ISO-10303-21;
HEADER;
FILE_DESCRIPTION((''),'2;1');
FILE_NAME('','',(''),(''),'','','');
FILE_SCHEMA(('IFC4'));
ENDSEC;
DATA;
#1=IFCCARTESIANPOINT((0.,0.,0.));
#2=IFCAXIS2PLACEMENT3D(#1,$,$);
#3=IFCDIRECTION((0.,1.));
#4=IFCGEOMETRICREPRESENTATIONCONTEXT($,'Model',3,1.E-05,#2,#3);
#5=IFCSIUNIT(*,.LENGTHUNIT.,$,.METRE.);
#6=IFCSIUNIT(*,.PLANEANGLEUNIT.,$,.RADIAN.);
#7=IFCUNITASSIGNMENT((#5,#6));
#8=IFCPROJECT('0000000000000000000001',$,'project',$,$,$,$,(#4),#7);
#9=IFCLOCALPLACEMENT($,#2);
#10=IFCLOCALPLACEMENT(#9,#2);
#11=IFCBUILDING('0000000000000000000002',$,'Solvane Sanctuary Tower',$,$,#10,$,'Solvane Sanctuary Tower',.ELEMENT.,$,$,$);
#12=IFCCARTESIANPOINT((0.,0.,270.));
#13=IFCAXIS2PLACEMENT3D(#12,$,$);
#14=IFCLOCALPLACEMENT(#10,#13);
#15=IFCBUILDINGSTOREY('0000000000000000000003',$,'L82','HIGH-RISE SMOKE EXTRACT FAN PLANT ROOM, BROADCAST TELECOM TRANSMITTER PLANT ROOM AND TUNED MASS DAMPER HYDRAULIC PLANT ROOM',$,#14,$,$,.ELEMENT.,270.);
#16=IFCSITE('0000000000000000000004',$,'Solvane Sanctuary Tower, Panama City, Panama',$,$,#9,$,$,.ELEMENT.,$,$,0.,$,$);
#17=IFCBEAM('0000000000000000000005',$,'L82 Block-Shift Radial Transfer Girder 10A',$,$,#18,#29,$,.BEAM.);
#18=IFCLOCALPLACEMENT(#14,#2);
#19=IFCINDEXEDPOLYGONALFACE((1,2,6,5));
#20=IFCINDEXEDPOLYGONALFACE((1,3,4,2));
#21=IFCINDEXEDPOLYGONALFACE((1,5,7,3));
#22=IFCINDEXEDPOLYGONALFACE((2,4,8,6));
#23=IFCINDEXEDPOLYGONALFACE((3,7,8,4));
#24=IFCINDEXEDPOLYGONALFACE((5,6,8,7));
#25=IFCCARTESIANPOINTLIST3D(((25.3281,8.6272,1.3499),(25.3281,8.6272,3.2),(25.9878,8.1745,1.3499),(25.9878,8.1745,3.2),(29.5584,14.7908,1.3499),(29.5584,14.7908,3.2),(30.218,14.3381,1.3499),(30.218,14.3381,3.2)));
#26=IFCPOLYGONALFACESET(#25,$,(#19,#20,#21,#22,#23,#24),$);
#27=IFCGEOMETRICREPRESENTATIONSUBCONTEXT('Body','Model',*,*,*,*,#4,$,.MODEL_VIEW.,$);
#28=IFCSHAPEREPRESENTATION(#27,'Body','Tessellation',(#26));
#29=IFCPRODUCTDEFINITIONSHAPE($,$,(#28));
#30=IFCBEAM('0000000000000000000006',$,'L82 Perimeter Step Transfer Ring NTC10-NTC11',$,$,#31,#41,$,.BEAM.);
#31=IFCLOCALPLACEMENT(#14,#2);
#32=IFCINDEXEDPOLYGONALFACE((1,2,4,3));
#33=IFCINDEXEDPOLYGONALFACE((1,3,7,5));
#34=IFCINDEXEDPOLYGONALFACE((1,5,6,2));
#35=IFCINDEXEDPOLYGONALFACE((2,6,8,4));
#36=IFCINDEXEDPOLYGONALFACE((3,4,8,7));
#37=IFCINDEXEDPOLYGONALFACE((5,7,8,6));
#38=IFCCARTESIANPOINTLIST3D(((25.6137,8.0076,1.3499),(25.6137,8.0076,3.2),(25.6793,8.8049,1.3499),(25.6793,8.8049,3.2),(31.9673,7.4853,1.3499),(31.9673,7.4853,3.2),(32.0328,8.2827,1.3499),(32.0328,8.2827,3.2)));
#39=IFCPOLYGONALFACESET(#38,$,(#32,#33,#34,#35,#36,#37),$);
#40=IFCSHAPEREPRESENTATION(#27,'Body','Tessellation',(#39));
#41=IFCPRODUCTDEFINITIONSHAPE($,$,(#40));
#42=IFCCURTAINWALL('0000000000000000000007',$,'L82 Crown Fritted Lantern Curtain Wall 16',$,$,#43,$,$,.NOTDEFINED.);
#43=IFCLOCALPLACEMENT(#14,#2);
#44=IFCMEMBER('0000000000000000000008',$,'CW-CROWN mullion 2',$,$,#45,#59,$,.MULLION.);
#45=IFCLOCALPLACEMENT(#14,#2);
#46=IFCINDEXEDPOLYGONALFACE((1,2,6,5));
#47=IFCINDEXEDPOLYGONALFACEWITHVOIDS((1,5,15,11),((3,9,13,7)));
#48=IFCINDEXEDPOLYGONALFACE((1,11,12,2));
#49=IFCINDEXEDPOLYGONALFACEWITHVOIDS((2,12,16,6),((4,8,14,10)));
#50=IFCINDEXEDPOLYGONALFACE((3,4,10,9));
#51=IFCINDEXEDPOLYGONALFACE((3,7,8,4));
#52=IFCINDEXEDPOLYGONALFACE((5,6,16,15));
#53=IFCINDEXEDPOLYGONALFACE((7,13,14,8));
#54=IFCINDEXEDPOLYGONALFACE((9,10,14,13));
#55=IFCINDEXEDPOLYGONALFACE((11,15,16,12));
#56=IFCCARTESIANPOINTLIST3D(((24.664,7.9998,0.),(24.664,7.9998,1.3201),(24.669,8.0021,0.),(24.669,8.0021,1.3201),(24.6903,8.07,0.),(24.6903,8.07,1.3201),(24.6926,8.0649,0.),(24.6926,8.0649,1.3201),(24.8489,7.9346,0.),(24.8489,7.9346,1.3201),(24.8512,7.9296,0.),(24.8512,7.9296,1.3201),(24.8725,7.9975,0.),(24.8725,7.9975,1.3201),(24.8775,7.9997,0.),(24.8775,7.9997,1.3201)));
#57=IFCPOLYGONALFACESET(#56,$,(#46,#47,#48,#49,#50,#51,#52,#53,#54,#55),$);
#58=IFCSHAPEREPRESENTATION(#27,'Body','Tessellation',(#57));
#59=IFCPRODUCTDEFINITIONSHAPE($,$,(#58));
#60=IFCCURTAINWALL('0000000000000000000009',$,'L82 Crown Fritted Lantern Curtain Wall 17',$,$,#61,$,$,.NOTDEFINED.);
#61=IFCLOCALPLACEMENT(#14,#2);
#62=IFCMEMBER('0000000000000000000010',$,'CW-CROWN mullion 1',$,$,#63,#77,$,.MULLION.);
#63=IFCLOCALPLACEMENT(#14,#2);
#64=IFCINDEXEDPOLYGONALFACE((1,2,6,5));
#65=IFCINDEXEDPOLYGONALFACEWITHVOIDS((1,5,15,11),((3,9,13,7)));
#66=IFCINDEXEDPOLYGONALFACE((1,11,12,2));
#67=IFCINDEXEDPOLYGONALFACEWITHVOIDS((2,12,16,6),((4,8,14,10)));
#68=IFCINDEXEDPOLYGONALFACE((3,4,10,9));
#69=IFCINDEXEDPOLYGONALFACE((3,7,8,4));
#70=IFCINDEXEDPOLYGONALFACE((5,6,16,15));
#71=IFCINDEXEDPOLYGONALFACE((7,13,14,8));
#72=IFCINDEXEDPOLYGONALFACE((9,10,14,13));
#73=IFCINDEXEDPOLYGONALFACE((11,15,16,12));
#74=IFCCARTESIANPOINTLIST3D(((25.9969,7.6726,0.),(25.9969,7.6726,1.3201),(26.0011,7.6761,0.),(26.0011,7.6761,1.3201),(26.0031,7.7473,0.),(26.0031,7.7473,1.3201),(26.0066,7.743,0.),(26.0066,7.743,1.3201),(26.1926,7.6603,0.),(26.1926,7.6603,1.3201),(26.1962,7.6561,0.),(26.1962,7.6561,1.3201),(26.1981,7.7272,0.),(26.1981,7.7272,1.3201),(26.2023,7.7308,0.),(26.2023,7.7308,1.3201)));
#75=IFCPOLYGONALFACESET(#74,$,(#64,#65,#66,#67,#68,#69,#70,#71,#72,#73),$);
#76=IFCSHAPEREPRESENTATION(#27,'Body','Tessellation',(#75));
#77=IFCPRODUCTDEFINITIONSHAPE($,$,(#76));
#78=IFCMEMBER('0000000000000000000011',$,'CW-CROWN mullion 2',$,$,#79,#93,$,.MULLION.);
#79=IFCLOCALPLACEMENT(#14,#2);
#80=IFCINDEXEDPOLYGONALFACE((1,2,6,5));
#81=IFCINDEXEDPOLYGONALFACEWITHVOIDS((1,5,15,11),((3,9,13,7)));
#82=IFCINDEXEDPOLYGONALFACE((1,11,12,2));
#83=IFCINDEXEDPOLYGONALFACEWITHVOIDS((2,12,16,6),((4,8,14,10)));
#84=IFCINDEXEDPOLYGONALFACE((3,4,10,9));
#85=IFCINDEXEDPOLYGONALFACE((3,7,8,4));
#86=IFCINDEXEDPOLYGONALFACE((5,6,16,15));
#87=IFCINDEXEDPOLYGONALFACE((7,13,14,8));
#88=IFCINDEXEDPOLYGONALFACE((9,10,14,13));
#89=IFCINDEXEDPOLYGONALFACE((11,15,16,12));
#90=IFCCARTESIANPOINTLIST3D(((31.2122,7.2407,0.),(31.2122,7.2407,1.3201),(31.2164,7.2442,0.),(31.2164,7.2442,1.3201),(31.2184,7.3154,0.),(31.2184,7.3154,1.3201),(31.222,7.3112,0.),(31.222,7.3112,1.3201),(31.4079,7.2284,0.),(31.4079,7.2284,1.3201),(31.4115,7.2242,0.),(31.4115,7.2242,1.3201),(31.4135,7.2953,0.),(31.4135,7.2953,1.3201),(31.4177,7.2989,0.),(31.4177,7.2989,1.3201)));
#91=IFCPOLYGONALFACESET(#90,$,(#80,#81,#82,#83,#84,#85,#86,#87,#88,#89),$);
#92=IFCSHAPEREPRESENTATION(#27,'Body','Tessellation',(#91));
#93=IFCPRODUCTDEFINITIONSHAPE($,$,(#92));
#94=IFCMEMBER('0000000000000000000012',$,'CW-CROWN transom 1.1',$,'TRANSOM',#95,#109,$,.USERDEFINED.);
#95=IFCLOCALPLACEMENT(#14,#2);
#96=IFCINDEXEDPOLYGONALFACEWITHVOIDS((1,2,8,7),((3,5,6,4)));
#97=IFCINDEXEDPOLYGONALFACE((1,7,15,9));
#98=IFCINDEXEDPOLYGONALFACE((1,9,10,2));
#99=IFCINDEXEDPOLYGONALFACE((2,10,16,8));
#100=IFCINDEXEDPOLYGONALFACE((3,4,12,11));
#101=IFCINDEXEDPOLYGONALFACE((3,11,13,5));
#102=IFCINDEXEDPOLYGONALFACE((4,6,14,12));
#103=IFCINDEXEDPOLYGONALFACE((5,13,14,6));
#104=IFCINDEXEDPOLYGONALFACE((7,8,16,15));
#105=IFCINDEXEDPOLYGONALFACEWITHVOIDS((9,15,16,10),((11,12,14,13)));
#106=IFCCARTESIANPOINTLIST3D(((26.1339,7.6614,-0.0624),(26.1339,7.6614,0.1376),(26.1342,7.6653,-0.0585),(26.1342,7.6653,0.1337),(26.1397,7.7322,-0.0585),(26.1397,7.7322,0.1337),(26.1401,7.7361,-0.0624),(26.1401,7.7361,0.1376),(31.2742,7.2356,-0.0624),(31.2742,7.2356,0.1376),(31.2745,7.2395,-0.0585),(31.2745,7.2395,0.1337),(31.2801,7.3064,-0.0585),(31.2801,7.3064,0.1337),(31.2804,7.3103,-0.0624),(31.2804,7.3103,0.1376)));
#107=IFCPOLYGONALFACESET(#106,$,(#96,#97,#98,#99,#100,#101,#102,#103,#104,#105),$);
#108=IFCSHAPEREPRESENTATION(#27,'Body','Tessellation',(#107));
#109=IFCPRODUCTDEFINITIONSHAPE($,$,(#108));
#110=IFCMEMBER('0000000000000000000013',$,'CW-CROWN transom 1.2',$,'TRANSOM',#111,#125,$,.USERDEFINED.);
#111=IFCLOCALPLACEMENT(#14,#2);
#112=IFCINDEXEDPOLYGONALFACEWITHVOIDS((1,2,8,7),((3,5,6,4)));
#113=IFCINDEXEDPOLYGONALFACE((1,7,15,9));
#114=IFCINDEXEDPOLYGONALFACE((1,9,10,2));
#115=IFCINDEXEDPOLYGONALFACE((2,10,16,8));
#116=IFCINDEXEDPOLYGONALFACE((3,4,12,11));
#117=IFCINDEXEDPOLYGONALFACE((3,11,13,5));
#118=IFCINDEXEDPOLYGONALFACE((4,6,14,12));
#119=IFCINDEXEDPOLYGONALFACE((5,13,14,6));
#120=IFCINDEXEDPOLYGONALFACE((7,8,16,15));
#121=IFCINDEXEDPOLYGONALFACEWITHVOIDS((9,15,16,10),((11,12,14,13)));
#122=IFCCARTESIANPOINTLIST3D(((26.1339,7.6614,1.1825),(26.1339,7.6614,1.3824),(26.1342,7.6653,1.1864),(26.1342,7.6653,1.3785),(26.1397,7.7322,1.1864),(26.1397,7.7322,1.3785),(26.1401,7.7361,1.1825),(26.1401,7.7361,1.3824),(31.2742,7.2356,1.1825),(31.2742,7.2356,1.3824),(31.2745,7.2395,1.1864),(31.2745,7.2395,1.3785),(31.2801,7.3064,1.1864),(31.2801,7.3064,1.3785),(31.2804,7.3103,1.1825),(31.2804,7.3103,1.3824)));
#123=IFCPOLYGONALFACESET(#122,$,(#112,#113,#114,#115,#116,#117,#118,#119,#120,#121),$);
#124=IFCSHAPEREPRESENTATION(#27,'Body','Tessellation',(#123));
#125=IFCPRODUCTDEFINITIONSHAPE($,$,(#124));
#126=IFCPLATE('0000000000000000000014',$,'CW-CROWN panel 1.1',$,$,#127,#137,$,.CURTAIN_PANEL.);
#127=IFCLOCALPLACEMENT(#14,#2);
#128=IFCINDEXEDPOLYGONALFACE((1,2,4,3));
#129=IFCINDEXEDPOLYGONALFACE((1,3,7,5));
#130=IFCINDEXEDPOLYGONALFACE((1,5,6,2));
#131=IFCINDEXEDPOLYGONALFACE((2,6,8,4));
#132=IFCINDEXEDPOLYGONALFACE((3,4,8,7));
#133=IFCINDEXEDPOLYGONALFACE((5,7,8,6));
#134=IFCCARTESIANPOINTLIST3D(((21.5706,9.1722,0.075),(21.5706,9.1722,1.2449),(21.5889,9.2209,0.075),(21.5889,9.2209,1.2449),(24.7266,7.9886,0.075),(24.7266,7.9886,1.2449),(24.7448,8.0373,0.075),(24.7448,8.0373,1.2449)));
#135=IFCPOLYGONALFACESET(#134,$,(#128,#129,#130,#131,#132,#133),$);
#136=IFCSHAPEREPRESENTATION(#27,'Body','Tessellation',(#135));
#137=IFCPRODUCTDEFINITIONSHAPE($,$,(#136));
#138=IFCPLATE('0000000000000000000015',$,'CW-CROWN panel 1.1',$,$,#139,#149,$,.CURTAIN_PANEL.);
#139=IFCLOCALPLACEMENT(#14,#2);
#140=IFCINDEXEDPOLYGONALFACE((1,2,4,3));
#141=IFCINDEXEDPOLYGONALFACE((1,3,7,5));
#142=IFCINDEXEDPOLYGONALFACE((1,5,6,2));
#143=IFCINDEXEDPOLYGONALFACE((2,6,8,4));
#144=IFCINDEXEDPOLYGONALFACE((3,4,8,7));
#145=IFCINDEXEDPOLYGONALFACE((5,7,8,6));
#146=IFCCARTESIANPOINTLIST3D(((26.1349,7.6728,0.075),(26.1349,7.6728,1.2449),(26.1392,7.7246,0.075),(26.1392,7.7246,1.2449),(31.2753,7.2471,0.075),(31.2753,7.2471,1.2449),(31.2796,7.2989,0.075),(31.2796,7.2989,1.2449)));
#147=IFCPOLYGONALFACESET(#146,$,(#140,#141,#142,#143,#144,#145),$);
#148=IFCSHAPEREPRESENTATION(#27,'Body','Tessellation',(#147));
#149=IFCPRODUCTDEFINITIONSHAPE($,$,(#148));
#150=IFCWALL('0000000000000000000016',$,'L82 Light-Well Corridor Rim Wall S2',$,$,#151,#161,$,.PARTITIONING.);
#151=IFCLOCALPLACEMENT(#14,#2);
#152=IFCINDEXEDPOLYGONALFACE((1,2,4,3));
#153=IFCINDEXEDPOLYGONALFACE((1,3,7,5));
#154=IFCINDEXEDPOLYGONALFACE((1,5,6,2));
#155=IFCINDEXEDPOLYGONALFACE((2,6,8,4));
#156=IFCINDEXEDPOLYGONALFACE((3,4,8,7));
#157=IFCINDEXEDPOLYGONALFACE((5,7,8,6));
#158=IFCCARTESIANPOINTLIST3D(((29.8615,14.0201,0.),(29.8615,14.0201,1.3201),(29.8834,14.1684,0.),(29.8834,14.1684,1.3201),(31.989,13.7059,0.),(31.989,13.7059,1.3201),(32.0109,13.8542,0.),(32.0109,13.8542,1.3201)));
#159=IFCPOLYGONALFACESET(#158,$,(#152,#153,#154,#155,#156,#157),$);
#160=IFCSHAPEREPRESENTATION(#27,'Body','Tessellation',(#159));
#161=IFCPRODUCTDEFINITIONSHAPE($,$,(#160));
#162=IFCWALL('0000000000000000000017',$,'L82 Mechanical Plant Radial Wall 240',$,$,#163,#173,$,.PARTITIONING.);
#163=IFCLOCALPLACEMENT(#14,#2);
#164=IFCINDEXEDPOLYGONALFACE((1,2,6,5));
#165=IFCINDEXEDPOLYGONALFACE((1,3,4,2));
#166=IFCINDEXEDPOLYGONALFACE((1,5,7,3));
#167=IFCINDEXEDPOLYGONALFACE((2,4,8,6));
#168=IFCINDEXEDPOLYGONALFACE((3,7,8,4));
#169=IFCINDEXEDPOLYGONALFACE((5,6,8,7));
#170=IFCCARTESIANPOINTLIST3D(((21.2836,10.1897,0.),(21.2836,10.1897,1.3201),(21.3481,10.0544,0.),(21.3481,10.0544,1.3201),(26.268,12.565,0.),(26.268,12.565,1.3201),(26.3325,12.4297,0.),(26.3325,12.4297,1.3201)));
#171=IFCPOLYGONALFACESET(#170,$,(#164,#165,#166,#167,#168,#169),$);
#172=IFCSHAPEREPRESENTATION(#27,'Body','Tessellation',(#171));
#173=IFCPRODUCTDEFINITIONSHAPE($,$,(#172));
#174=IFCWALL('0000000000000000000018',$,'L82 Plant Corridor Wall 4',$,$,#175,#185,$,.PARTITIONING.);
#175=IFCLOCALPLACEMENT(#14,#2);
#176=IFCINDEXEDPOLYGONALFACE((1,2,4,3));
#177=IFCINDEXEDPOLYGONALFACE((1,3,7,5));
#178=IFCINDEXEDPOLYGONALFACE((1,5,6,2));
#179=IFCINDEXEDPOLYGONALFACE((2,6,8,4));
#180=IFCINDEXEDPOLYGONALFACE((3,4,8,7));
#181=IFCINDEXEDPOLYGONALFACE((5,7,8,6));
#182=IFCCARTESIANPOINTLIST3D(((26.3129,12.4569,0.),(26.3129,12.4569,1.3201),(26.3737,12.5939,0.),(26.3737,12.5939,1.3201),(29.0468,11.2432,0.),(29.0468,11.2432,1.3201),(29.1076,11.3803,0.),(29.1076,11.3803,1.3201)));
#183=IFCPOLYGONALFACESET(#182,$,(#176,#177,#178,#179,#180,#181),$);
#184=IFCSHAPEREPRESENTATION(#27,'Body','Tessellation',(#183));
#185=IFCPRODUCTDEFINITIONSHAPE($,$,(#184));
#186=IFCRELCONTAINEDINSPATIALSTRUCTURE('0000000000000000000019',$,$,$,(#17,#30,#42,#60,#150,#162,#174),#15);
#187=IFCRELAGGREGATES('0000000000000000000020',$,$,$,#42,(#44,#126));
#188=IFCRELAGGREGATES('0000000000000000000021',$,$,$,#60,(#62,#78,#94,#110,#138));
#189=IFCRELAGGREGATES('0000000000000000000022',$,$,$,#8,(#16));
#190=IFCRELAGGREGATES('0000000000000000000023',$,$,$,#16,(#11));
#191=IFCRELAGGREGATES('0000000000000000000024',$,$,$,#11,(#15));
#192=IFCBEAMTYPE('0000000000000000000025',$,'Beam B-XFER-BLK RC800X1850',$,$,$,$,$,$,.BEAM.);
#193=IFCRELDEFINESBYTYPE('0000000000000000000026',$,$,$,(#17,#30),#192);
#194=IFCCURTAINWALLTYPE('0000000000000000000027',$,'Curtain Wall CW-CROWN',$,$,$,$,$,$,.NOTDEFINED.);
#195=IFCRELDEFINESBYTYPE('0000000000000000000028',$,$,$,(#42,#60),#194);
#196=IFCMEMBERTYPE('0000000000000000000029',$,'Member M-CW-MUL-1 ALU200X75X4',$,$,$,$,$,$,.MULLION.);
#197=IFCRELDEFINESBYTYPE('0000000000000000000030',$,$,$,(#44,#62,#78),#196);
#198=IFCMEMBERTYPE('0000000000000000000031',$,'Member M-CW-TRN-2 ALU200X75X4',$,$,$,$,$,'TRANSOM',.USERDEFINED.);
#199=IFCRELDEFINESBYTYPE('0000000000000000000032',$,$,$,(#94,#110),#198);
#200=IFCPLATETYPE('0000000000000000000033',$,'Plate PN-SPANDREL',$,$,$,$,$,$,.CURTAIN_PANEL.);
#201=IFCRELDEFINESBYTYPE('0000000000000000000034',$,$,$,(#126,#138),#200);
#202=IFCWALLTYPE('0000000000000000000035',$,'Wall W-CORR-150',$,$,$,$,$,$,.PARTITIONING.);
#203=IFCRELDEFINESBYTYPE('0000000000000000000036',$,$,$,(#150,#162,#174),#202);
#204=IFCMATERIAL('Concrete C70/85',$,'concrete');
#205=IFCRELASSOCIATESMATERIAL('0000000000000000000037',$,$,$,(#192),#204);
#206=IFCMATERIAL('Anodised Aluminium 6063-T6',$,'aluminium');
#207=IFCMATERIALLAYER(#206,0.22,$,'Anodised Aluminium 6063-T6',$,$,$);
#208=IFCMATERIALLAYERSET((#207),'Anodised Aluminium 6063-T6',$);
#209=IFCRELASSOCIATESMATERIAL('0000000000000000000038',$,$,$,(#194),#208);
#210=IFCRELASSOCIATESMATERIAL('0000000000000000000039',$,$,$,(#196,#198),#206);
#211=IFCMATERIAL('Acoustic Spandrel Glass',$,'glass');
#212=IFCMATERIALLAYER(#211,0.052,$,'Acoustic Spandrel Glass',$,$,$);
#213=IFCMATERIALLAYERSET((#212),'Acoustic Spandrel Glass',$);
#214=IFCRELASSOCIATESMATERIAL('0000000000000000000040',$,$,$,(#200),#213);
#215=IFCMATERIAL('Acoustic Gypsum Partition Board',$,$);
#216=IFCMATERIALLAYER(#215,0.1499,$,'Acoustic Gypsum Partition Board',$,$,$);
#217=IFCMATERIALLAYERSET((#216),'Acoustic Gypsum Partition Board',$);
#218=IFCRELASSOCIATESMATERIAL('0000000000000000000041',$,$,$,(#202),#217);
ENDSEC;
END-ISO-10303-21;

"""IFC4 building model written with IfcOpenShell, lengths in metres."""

from ifc_helpers import new_model, si_unit, direction, frame, frame_2d, origin, origin_2d, place, context, subcontext, project, spatial, rectangle, hollow_rectangle, extrude, material, layer, layer_set, material_profile, profile_set, type_object, element, aggregate, save


model = new_model("IFC4")

# Units and contexts
model_context = context("Model", 3, precision=1e-05, world=origin(), true_north=direction((0.0, 1.0)))
body_context = subcontext(model_context, "Body", "Model", "MODEL_VIEW")
ifc_project = project(units=[si_unit("LENGTHUNIT", "METRE"), si_unit("PLANEANGLEUNIT", "RADIAN")], contexts=[model_context])

# Site, building, storey
site_placement = place(None, origin())
site = spatial("IfcSite", under=ifc_project, at=site_placement, Name="Solvane Sanctuary Tower, Panama City, Panama", CompositionType="ELEMENT", RefElevation=0.0)
building_placement = place(site_placement, origin())
building = spatial("IfcBuilding", under=site, at=building_placement, Name="Solvane Sanctuary Tower", LongName="Solvane Sanctuary Tower", CompositionType="ELEMENT")
storey_placement = place(building_placement, frame((0.0, 0.0, 270.0)))
storey = spatial("IfcBuildingStorey", under=building, at=storey_placement, Name="L82", Description="HIGH-RISE SMOKE EXTRACT FAN PLANT ROOM, BROADCAST TELECOM TRANSMITTER PLANT ROOM AND TUNED MASS DAMPER HYDRAULIC PLANT ROOM", CompositionType="ELEMENT", Elevation=270.0)

# Beams
ifc_material_1 = material(Name="Concrete C70/85", Category="concrete")
ifc_material_profile_1 = material_profile(ifc_material_1, rectangle(XDim=0.8, YDim=1.8501, at=origin_2d()), Name="RC800X1850")
ifc_profile_set_1 = profile_set([ifc_material_profile_1], Name="Concrete C70/85")
beam_type_1 = type_object("IfcBeamType", Name="Beam B-XFER-BLK RC800X1850", PredefinedType="BEAM", material=ifc_profile_set_1)
beam_1_placement = place(storey_placement, frame((29.8882, 14.5645, 2.2749), z_axis=(-0.565872, -0.824493, 0.0), x_axis=(0.824493, -0.565872, 0.0)))
element("IfcBeam", 1, at=beam_1_placement, inside=storey, type_object=beam_type_1, Name="L82 Block-Shift Radial Transfer Girder 10A", PredefinedType="BEAM", context=body_context, shape_type="SweptSolid", body=[
    extrude(rectangle(XDim=0.8, YDim=1.8501, at=origin_2d()), origin(), (0.0, 0.0, 1.0), 7.4756),
])
beam_2_placement = place(storey_placement, frame((25.6465, 8.4062, 2.2749), z_axis=(0.996639, -0.081917, 0.0), x_axis=(0.081917, 0.996639, 0.0)))
element("IfcBeam", 2, at=beam_2_placement, inside=storey, type_object=beam_type_1, Name="L82 Perimeter Step Transfer Ring NTC10-NTC11", PredefinedType="BEAM", context=body_context, shape_type="SweptSolid", body=[
    extrude(rectangle(XDim=0.8, YDim=1.8501, at=origin_2d()), origin(), (0.0, 0.0, 1.0), 6.375),
])

# Curtain wall, member
ifc_material_2 = material(Name="Anodised Aluminium 6063-T6", Category="aluminium")
ifc_layer_1 = layer(ifc_material_2, 0.22, Name="Anodised Aluminium 6063-T6")
ifc_layer_set_1 = layer_set([ifc_layer_1], Name="Anodised Aluminium 6063-T6")
curtain_wall_type = type_object("IfcCurtainWallType", Name="Curtain Wall CW-CROWN", PredefinedType="NOTDEFINED", material=ifc_layer_set_1)
curtain_wall_1_placement = place(storey_placement, origin())
curtain_wall_1 = element("IfcCurtainWall", 3, at=curtain_wall_1_placement, inside=storey, type_object=curtain_wall_type, Name="L82 Crown Fritted Lantern Curtain Wall 16", PredefinedType="NOTDEFINED")
ifc_material_profile_2 = material_profile(ifc_material_2, hollow_rectangle(XDim=0.075, YDim=0.2, WallThickness=0.0039, at=origin_2d()), Name="ALU200X75X4")
ifc_profile_set_2 = profile_set([ifc_material_profile_2], Name="Anodised Aluminium 6063-T6")
member_type_1 = type_object("IfcMemberType", Name="Member M-CW-MUL-1 ALU200X75X4", PredefinedType="MULLION", material=ifc_profile_set_2)
member_1_placement = place(storey_placement, frame((24.7708, 7.9998, 0.0), z_axis=(0.0, 0.0, 1.0), x_axis=(0.35117, 0.936312, 0.0)))
member_1 = element("IfcMember", 4, at=member_1_placement, type_object=member_type_1, Name="CW-CROWN mullion 2", PredefinedType="MULLION", context=body_context, shape_type="SweptSolid", body=[
    extrude(hollow_rectangle(XDim=0.075, YDim=0.2, WallThickness=0.0039, at=origin_2d()), origin(), (0.0, 0.0, 1.0), 1.3201),
])

# Curtain wall, members
curtain_wall_2_placement = place(storey_placement, origin())
curtain_wall_2 = element("IfcCurtainWall", 5, at=curtain_wall_2_placement, inside=storey, type_object=curtain_wall_type, Name="L82 Crown Fritted Lantern Curtain Wall 17", PredefinedType="NOTDEFINED")
member_2_placement = place(storey_placement, frame((26.0996, 7.7017, 0.0), z_axis=(0.0, 0.0, 1.0), x_axis=(0.082536, 0.996588, 0.0)))
member_2 = element("IfcMember", 6, at=member_2_placement, type_object=member_type_1, Name="CW-CROWN mullion 1", PredefinedType="MULLION", context=body_context, shape_type="SweptSolid", body=[
    extrude(hollow_rectangle(XDim=0.075, YDim=0.2, WallThickness=0.0039, at=origin_2d()), origin(), (0.0, 0.0, 1.0), 1.3201),
])
member_3_placement = place(storey_placement, frame((31.3149, 7.2698, 0.0), z_axis=(0.0, 0.0, 1.0), x_axis=(0.082536, 0.996588, 0.0)))
member_3 = element("IfcMember", 7, at=member_3_placement, type_object=member_type_1, Name="CW-CROWN mullion 2", PredefinedType="MULLION", context=body_context, shape_type="SweptSolid", body=[
    extrude(hollow_rectangle(XDim=0.075, YDim=0.2, WallThickness=0.0039, at=origin_2d()), origin(), (0.0, 0.0, 1.0), 1.3201),
])
ifc_material_profile_3 = material_profile(ifc_material_2, hollow_rectangle(XDim=0.075, YDim=0.2, WallThickness=0.0039, at=origin_2d()), Name="ALU200X75X4")
ifc_profile_set_3 = profile_set([ifc_material_profile_3], Name="Anodised Aluminium 6063-T6")
member_type_2 = type_object("IfcMemberType", Name="Member M-CW-TRN-2 ALU200X75X4", ElementType="TRANSOM", PredefinedType="USERDEFINED", material=ifc_profile_set_3)
member_4_placement = place(storey_placement, frame((26.137, 7.6987, 0.0376), z_axis=(0.996587, -0.082548, 0.0), x_axis=(0.082548, 0.996587, 0.0)))
member_4 = element("IfcMember", 8, at=member_4_placement, type_object=member_type_2, Name="CW-CROWN transom 1.1", ObjectType="TRANSOM", PredefinedType="USERDEFINED", context=body_context, shape_type="SweptSolid", body=[
    extrude(hollow_rectangle(XDim=0.075, YDim=0.2, WallThickness=0.0039, at=origin_2d()), origin(), (0.0, 0.0, 1.0), 5.158),
])
member_5_placement = place(storey_placement, frame((26.137, 7.6987, 1.2825), z_axis=(0.996587, -0.082548, 0.0), x_axis=(0.082548, 0.996587, 0.0)))
member_5 = element("IfcMember", 9, at=member_5_placement, type_object=member_type_2, Name="CW-CROWN transom 1.2", ObjectType="TRANSOM", PredefinedType="USERDEFINED", context=body_context, shape_type="SweptSolid", body=[
    extrude(hollow_rectangle(XDim=0.075, YDim=0.2, WallThickness=0.0039, at=origin_2d()), origin(), (0.0, 0.0, 1.0), 5.158),
])

# Plates
ifc_material_3 = material(Name="Acoustic Spandrel Glass", Category="glass")
ifc_layer_2 = layer(ifc_material_3, 0.052, Name="Acoustic Spandrel Glass")
ifc_layer_set_2 = layer_set([ifc_layer_2], Name="Acoustic Spandrel Glass")
plate_type = type_object("IfcPlateType", Name="Plate PN-SPANDREL", PredefinedType="CURTAIN_PANEL", material=ifc_layer_set_2)
plate_1_placement = place(storey_placement, frame((23.1577, 8.6047, 0.075), z_axis=(0.0, 0.0, 1.0), x_axis=(0.936312, -0.35117, 0.0)))
plate_1 = element("IfcPlate", 10, at=plate_1_placement, type_object=plate_type, Name="CW-CROWN panel 1.1", PredefinedType="CURTAIN_PANEL", context=body_context, shape_type="SweptSolid", body=[
    extrude(rectangle(XDim=3.3706, YDim=0.052, at=origin_2d()), origin(), (0.0, 0.0, 1.0), 1.1699),
])
aggregate(curtain_wall_1, [member_1, plate_1])
plate_2_placement = place(storey_placement, frame((28.7073, 7.4858, 0.075), z_axis=(0.0, 0.0, 1.0), x_axis=(0.996588, -0.082536, 0.0)))
plate_2 = element("IfcPlate", 11, at=plate_2_placement, type_object=plate_type, Name="CW-CROWN panel 1.1", PredefinedType="CURTAIN_PANEL", context=body_context, shape_type="SweptSolid", body=[
    extrude(rectangle(XDim=5.158, YDim=0.052, at=origin_2d()), origin(), (0.0, 0.0, 1.0), 1.1699),
])
aggregate(curtain_wall_2, [member_2, member_3, member_4, member_5, plate_2])

# Walls
ifc_material_4 = material(Name="Acoustic Gypsum Partition Board")
ifc_layer_3 = layer(ifc_material_4, 0.1499, Name="Acoustic Gypsum Partition Board")
ifc_layer_set_3 = layer_set([ifc_layer_3], Name="Acoustic Gypsum Partition Board")
wall_type = type_object("IfcWallType", Name="Wall W-CORR-150", PredefinedType="PARTITIONING", material=ifc_layer_set_3)
wall_1_placement = place(storey_placement, frame((29.8726, 14.0942, 0.0), z_axis=(0.0, 0.0, 1.0), x_axis=(0.989269, -0.146108, 0.0)))
element("IfcWall", 12, at=wall_1_placement, inside=storey, type_object=wall_type, Name="L82 Light-Well Corridor Rim Wall S2", PredefinedType="PARTITIONING", context=body_context, shape_type="SweptSolid", body=[
    extrude(rectangle(XDim=2.1506, YDim=0.1499, at=frame_2d((1.0752, 0.0))), origin(), (0.0, 0.0, 1.0), 1.3201),
])
wall_2_placement = place(storey_placement, frame((26.3003, 12.4973, 0.0), z_axis=(0.0, 0.0, 1.0), x_axis=(-0.902739, -0.430189, 0.0)))
element("IfcWall", 13, at=wall_2_placement, inside=storey, type_object=wall_type, Name="L82 Mechanical Plant Radial Wall 240", PredefinedType="PARTITIONING", context=body_context, shape_type="SweptSolid", body=[
    extrude(rectangle(XDim=5.5215, YDim=0.1499, at=frame_2d((2.7607, 0.0))), origin(), (0.0, 0.0, 1.0), 1.3201),
])
wall_3_placement = place(storey_placement, frame((26.3433, 12.5254, 0.0), z_axis=(0.0, 0.0, 1.0), x_axis=(0.91399, -0.405737, 0.0)))
element("IfcWall", 14, at=wall_3_placement, inside=storey, type_object=wall_type, Name="L82 Plant Corridor Wall 4", PredefinedType="PARTITIONING", context=body_context, shape_type="SweptSolid", body=[
    extrude(rectangle(XDim=2.9912, YDim=0.1499, at=frame_2d((1.4956, 0.0))), origin(), (0.0, 0.0, 1.0), 1.3201),
])

save(model, "model.ifc")
